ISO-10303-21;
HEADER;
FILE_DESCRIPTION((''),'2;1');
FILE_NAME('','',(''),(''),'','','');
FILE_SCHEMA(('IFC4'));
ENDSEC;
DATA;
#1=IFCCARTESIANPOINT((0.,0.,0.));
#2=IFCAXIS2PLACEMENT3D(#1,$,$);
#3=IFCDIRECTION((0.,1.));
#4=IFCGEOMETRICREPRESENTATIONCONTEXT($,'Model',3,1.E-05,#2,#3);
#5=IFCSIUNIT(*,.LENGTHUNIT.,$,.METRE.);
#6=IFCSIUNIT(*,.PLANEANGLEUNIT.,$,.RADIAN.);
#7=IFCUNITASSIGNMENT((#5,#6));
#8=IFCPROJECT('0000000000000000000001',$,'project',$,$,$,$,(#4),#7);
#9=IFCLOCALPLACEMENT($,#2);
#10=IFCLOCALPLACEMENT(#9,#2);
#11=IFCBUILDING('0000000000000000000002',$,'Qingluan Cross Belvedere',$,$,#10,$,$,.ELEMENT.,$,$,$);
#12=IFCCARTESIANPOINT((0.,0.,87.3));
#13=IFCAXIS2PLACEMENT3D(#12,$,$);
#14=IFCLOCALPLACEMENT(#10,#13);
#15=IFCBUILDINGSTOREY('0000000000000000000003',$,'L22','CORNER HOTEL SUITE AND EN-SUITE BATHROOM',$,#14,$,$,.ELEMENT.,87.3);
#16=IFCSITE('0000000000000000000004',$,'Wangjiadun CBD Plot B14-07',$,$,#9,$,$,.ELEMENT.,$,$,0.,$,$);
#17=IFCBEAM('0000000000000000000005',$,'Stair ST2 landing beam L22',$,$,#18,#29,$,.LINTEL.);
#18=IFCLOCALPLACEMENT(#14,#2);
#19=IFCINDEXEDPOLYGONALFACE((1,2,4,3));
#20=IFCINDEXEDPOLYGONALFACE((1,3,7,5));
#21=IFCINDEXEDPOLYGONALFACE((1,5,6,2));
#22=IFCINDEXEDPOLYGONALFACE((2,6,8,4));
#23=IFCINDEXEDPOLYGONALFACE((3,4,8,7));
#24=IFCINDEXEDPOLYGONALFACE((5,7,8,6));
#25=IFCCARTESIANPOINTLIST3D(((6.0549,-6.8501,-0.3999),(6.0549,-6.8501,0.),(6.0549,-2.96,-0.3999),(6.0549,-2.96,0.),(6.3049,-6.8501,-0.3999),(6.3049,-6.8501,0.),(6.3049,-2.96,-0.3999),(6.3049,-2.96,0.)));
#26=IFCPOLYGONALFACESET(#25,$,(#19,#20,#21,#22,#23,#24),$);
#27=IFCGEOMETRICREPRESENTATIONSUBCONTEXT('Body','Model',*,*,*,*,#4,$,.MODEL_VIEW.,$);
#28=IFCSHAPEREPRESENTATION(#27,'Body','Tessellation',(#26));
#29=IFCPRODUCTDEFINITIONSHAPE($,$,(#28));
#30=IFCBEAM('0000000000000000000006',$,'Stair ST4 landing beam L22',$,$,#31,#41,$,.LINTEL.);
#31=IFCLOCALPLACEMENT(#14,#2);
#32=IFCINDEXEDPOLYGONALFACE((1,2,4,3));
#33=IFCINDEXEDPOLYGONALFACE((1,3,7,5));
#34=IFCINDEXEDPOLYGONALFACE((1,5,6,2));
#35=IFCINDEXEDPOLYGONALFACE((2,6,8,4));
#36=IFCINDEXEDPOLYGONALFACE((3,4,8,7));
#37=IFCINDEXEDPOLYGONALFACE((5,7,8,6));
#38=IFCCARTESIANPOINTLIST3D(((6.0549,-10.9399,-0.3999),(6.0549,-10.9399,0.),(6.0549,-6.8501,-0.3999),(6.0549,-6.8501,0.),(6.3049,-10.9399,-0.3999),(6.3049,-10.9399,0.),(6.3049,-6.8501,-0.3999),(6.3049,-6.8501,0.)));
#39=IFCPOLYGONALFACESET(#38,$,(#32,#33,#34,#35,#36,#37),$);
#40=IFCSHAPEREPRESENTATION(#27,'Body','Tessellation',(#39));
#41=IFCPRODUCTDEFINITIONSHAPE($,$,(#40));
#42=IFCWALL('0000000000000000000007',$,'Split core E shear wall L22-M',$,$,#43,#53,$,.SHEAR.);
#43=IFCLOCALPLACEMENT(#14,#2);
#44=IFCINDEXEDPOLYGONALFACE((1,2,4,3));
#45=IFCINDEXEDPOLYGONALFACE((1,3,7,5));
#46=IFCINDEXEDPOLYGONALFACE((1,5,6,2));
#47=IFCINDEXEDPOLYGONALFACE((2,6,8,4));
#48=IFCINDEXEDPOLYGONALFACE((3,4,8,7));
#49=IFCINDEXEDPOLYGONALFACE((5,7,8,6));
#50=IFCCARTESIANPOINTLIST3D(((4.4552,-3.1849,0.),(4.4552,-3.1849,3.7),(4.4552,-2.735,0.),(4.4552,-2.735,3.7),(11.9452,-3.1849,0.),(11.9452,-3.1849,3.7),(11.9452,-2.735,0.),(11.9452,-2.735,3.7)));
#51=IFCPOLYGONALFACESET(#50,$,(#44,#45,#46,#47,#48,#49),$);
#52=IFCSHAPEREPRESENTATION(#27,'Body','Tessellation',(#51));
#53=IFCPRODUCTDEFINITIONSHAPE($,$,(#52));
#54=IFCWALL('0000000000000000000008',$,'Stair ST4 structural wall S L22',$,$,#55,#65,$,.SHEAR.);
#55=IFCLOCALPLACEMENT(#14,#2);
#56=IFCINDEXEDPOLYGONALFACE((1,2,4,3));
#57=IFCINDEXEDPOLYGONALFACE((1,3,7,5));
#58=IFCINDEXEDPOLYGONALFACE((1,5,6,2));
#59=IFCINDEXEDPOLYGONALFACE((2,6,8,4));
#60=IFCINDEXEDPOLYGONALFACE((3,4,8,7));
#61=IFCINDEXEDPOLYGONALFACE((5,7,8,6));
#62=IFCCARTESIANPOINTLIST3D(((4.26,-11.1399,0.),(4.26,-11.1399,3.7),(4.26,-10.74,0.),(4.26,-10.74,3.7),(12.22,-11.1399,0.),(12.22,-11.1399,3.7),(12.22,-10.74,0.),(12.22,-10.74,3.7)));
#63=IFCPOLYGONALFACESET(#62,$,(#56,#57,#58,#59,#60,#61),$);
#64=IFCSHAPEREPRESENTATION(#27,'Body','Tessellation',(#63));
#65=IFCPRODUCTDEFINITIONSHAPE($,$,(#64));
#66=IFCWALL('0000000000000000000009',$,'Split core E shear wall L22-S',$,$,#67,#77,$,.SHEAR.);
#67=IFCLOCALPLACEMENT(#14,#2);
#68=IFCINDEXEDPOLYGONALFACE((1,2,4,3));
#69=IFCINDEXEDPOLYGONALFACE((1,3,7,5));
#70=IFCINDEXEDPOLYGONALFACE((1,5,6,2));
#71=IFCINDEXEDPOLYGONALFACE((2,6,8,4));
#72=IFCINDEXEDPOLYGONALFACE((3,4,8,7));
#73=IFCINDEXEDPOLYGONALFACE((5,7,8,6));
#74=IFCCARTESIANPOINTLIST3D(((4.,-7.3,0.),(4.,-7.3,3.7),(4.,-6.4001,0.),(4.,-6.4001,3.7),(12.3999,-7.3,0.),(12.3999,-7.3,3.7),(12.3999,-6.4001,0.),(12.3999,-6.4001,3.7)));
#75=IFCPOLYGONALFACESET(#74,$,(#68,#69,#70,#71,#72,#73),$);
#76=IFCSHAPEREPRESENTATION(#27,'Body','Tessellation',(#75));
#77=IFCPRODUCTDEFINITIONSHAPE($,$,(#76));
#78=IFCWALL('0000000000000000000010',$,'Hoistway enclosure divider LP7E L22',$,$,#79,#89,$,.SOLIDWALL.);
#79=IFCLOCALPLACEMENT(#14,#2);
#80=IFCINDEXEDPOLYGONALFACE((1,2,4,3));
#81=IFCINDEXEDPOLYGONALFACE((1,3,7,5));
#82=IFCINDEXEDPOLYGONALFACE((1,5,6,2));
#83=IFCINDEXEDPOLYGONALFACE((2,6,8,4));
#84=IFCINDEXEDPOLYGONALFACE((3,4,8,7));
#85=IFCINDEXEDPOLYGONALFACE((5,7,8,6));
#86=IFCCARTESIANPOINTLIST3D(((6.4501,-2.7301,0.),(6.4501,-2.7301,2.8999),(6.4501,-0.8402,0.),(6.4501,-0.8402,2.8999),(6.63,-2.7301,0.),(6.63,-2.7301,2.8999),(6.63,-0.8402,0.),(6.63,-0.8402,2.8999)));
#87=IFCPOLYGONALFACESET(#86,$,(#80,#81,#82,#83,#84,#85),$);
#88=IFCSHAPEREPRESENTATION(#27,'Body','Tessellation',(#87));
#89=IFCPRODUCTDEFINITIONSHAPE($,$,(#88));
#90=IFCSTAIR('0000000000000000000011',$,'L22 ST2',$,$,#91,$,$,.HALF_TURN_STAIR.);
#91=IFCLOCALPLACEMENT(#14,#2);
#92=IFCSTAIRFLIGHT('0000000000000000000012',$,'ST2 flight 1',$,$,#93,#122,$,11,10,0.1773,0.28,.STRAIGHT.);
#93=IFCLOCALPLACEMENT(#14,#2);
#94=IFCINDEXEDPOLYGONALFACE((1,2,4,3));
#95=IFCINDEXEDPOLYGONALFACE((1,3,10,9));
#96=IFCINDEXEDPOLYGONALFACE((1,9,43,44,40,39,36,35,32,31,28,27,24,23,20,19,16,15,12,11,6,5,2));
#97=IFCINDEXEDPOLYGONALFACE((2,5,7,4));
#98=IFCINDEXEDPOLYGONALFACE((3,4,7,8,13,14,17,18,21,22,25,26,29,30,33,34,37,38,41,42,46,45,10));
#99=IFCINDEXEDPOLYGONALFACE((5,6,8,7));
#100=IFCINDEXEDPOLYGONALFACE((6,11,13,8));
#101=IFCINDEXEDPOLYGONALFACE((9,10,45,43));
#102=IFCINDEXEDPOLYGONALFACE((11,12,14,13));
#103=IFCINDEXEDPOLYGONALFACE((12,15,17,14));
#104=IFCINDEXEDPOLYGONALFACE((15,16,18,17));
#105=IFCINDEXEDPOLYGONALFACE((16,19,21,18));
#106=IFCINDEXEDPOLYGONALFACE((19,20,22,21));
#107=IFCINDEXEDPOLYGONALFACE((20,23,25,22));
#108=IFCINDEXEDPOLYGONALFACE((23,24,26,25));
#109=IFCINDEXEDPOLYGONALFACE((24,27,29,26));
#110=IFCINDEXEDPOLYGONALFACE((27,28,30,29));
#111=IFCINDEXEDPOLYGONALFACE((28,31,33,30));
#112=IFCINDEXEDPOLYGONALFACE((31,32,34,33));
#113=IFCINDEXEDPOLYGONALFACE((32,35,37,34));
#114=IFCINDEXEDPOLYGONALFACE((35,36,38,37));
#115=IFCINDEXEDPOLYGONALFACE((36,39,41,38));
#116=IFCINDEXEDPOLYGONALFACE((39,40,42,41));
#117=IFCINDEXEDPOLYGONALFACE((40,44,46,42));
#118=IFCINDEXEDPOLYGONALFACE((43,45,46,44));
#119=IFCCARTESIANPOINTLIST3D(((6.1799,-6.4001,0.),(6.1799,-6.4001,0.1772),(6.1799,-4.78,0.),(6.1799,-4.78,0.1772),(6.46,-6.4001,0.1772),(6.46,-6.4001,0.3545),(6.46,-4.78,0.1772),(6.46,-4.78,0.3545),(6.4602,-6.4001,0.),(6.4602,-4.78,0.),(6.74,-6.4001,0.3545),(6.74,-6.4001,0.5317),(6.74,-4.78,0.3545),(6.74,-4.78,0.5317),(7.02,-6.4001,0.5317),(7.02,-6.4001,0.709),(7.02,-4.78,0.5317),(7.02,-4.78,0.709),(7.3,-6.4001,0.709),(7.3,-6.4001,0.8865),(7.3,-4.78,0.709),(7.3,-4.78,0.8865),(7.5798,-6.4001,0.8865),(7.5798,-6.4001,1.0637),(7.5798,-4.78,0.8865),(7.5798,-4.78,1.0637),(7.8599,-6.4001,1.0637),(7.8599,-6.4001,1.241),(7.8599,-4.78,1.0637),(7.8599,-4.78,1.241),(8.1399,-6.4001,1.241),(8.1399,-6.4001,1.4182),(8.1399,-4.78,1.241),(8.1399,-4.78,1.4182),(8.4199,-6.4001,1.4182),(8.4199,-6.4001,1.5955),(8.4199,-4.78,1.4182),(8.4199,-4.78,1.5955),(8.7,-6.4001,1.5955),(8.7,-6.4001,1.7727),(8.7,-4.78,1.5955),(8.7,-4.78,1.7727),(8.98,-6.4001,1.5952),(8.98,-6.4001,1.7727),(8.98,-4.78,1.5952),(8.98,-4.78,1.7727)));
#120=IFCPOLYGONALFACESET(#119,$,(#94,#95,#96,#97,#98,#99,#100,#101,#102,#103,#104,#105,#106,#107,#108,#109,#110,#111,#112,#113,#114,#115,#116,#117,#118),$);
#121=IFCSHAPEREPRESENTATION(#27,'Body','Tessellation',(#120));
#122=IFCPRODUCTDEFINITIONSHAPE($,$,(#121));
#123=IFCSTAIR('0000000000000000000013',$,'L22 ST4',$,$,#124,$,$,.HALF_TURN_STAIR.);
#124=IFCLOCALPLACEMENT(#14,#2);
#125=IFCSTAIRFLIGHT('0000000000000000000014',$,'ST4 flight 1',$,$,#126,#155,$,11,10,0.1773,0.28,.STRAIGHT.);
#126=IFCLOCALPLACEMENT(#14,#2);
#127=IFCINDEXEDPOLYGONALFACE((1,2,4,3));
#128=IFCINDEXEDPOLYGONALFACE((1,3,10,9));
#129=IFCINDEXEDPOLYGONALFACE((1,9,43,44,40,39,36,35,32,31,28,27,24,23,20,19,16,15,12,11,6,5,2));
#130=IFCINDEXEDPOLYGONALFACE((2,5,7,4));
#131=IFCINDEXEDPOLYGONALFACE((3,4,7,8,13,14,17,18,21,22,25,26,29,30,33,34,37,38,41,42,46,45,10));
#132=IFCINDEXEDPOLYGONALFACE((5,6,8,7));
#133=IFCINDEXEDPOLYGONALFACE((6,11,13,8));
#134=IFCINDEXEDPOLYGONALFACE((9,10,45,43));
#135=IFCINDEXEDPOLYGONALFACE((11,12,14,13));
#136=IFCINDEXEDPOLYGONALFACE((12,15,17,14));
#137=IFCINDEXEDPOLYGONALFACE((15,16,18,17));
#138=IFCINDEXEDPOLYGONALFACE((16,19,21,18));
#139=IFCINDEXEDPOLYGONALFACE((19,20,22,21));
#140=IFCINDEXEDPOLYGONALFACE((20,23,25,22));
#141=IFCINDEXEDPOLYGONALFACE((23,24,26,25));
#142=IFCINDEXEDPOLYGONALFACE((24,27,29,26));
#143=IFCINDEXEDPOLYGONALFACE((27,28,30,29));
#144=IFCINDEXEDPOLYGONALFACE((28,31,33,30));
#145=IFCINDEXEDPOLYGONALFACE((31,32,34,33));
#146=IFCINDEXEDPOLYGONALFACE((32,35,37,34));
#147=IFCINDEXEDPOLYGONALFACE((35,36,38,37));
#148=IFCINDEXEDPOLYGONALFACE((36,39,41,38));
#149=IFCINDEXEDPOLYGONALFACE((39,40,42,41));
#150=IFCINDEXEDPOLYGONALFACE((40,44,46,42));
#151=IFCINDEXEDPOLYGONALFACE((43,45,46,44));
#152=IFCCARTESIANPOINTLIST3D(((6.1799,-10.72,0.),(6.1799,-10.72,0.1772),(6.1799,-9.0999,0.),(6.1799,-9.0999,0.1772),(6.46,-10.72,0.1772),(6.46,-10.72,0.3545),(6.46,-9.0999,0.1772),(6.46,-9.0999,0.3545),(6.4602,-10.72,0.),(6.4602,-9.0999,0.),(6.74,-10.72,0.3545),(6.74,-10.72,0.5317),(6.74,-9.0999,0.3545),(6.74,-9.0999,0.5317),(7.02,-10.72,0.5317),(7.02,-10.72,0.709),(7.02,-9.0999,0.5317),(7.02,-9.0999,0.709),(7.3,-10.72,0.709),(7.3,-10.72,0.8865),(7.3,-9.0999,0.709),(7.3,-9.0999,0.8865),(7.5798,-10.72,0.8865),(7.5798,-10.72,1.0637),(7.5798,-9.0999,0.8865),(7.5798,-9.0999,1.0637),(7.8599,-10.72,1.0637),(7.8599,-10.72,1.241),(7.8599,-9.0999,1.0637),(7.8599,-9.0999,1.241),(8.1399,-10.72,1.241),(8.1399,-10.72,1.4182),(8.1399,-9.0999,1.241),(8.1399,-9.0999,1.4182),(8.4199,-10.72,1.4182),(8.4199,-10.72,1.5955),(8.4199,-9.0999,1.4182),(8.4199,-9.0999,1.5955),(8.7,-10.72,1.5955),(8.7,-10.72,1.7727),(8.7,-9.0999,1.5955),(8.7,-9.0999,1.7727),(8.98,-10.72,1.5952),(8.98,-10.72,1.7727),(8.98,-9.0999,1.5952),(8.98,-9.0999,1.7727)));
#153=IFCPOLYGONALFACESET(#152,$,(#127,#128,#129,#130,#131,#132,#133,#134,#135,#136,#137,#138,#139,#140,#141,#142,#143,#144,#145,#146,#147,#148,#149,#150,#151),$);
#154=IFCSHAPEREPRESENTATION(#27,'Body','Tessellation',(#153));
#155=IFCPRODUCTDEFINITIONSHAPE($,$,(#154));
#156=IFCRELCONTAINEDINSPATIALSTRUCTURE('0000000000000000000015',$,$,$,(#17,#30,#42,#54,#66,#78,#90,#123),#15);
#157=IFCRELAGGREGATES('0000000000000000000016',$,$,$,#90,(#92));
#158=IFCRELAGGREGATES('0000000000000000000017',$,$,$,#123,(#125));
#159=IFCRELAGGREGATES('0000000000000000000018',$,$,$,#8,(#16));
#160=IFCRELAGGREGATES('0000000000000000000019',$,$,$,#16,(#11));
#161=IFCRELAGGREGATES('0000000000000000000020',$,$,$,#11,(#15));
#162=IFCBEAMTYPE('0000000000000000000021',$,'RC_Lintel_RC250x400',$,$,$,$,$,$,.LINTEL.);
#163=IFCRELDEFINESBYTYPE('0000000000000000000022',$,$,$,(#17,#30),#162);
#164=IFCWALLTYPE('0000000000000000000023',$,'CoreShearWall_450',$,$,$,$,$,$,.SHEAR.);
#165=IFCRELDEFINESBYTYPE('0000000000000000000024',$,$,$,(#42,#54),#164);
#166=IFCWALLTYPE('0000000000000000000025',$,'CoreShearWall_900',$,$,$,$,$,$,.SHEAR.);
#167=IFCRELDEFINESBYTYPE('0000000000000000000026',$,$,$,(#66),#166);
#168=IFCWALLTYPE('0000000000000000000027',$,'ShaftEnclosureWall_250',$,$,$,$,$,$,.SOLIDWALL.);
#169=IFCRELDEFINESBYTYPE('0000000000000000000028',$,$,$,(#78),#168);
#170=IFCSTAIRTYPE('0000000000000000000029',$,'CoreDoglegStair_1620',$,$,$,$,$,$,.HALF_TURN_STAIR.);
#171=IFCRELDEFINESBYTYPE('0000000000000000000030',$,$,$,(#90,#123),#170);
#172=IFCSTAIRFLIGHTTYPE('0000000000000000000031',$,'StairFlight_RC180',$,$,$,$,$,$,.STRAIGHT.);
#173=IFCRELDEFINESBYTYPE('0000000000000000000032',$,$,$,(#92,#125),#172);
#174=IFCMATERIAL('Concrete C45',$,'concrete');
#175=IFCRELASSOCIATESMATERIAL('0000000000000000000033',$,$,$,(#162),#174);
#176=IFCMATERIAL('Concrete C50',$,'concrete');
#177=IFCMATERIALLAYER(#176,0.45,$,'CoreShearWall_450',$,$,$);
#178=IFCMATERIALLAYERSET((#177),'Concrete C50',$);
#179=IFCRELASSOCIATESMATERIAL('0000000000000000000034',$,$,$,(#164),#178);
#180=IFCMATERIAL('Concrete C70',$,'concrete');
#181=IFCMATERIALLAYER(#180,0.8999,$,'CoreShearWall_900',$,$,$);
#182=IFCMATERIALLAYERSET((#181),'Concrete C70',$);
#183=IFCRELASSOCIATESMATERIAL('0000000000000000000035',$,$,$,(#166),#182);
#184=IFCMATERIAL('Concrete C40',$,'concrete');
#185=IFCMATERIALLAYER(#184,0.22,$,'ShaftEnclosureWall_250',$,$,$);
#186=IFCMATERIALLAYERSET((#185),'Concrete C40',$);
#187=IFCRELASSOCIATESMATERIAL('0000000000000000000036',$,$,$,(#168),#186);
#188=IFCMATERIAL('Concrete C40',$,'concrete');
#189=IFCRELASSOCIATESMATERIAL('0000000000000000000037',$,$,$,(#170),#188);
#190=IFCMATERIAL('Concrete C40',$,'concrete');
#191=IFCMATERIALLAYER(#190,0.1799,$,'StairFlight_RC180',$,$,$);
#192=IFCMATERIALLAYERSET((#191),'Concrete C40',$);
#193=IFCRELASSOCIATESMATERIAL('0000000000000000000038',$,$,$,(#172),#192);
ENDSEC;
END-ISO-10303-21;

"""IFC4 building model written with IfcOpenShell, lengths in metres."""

from ifc_helpers import new_model, si_unit, direction, frame, frame_2d, origin, origin_2d, place, context, subcontext, project, spatial, polyline, rectangle, outline, extrude, material, layer, layer_set, material_profile, profile_set, type_object, element, aggregate, save


model = new_model("IFC4")

# Units and contexts
model_context = context("Model", 3, precision=1e-05, world=origin(), true_north=direction((0.0, 1.0)))
body_context = subcontext(model_context, "Body", "Model", "MODEL_VIEW")
ifc_project = project(units=[si_unit("LENGTHUNIT", "METRE"), si_unit("PLANEANGLEUNIT", "RADIAN")], contexts=[model_context])

# Site, building, storey
site_placement = place(None, origin())
site = spatial("IfcSite", under=ifc_project, at=site_placement, Name="Wangjiadun CBD Plot B14-07", CompositionType="ELEMENT", RefElevation=0.0)
building_placement = place(site_placement, origin())
building = spatial("IfcBuilding", under=site, at=building_placement, Name="Qingluan Cross Belvedere", CompositionType="ELEMENT")
storey_placement = place(building_placement, frame((0.0, 0.0, 87.3)))
storey = spatial("IfcBuildingStorey", under=building, at=storey_placement, Name="L22", Description="CORNER HOTEL SUITE AND EN-SUITE BATHROOM", CompositionType="ELEMENT", Elevation=87.3)

# Beams
ifc_material_1 = material(Name="Concrete C45", Category="concrete")
ifc_material_profile = material_profile(ifc_material_1, rectangle(XDim=0.25, YDim=0.3999, at=origin_2d()), Name="RC250x400")
ifc_profile_set = profile_set([ifc_material_profile], Name="Concrete C45")
beam_type = type_object("IfcBeamType", Name="RC_Lintel_RC250x400", PredefinedType="LINTEL", material=ifc_profile_set)
beam_1_placement = place(storey_placement, frame((6.1799, -6.8501, -0.2), z_axis=(0.0, 1.0, 0.0), x_axis=(-1.0, 0.0, 0.0)))
element("IfcBeam", 1, at=beam_1_placement, inside=storey, type_object=beam_type, Name="Stair ST2 landing beam L22", PredefinedType="LINTEL", context=body_context, shape_type="SweptSolid", body=[
    extrude(rectangle(XDim=0.25, YDim=0.3999, at=origin_2d()), origin(), (0.0, 0.0, 1.0), 3.8901),
])
beam_2_placement = place(storey_placement, frame((6.1799, -10.9399, -0.2), z_axis=(0.0, 1.0, 0.0), x_axis=(-1.0, 0.0, 0.0)))
element("IfcBeam", 2, at=beam_2_placement, inside=storey, type_object=beam_type, Name="Stair ST4 landing beam L22", PredefinedType="LINTEL", context=body_context, shape_type="SweptSolid", body=[
    extrude(rectangle(XDim=0.25, YDim=0.3999, at=origin_2d()), origin(), (0.0, 0.0, 1.0), 4.0898),
])

# Walls
ifc_material_2 = material(Name="Concrete C50", Category="concrete")
ifc_layer_1 = layer(ifc_material_2, 0.45, Name="CoreShearWall_450")
ifc_layer_set_1 = layer_set([ifc_layer_1], Name="Concrete C50")
wall_type_1 = type_object("IfcWallType", Name="CoreShearWall_450", PredefinedType="SHEAR", material=ifc_layer_set_1)
wall_1_placement = place(storey_placement, frame((4.4551, -2.96, 0.0), z_axis=(0.0, 0.0, 1.0), x_axis=(1.0, 0.0, 0.0)))
element("IfcWall", 3, at=wall_1_placement, inside=storey, type_object=wall_type_1, Name="Split core E shear wall L22-M", PredefinedType="SHEAR", context=body_context, shape_type="SweptSolid", body=[
    extrude(rectangle(XDim=7.49, YDim=0.45, at=frame_2d((3.7451, 0.0))), origin(), (0.0, 0.0, 1.0), 3.7),
])
wall_2_placement = place(storey_placement, frame((4.26, -10.9399, 0.0), z_axis=(0.0, 0.0, 1.0), x_axis=(1.0, 0.0, 0.0)))
element("IfcWall", 4, at=wall_2_placement, inside=storey, type_object=wall_type_1, Name="Stair ST4 structural wall S L22", PredefinedType="SHEAR", context=body_context, shape_type="SweptSolid", body=[
    extrude(rectangle(XDim=7.96, YDim=0.3999, at=frame_2d((3.98, 0.0))), origin(), (0.0, 0.0, 1.0), 3.7),
])

# Wall
ifc_material_3 = material(Name="Concrete C70", Category="concrete")
ifc_layer_2 = layer(ifc_material_3, 0.8999, Name="CoreShearWall_900")
ifc_layer_set_2 = layer_set([ifc_layer_2], Name="Concrete C70")
wall_type_2 = type_object("IfcWallType", Name="CoreShearWall_900", PredefinedType="SHEAR", material=ifc_layer_set_2)
wall_3_placement = place(storey_placement, frame((4.0, -6.8501, 0.0), z_axis=(0.0, 0.0, 1.0), x_axis=(1.0, 0.0, 0.0)))
element("IfcWall", 5, at=wall_3_placement, inside=storey, type_object=wall_type_2, Name="Split core E shear wall L22-S", PredefinedType="SHEAR", context=body_context, shape_type="SweptSolid", body=[
    extrude(rectangle(XDim=8.3999, YDim=0.8999, at=frame_2d((4.2, 0.0))), origin(), (0.0, 0.0, 1.0), 3.7),
])

# Wall
ifc_material_4 = material(Name="Concrete C40", Category="concrete")
ifc_layer_3 = layer(ifc_material_4, 0.22, Name="ShaftEnclosureWall_250")
ifc_layer_set_3 = layer_set([ifc_layer_3], Name="Concrete C40")
wall_type_3 = type_object("IfcWallType", Name="ShaftEnclosureWall_250", PredefinedType="SOLIDWALL", material=ifc_layer_set_3)
wall_4_placement = place(storey_placement, frame((6.54, -2.73, 0.0), z_axis=(0.0, 0.0, 1.0), x_axis=(0.0, 1.0, 0.0)))
element("IfcWall", 6, at=wall_4_placement, inside=storey, type_object=wall_type_3, Name="Hoistway enclosure divider LP7E L22", PredefinedType="SOLIDWALL", context=body_context, shape_type="SweptSolid", body=[
    extrude(rectangle(XDim=1.8899, YDim=0.1799, at=frame_2d((0.9448, 0.0))), origin(), (0.0, 0.0, 1.0), 2.8999),
])

# Stair, stair flight
ifc_material_5 = material(Name="Concrete C40", Category="concrete")
stair_type = type_object("IfcStairType", Name="CoreDoglegStair_1620", PredefinedType="HALF_TURN_STAIR", material=ifc_material_5)
stair_1_placement = place(storey_placement, origin())
stair_1 = element("IfcStair", 7, at=stair_1_placement, inside=storey, type_object=stair_type, Name="L22 ST2", PredefinedType="HALF_TURN_STAIR")
ifc_material_6 = material(Name="Concrete C40", Category="concrete")
ifc_layer_4 = layer(ifc_material_6, 0.1799, Name="StairFlight_RC180")
ifc_layer_set_4 = layer_set([ifc_layer_4], Name="Concrete C40")
stair_flight_type = type_object("IfcStairFlightType", Name="StairFlight_RC180", PredefinedType="STRAIGHT", material=ifc_layer_set_4)
stair_flight_1_placement = place(storey_placement, frame((6.1799, -5.5901, 0.0), z_axis=(0.0, 0.0, 1.0), x_axis=(1.0, 0.0, 0.0)))
stair_flight_1 = element("IfcStairFlight", 8, at=stair_flight_1_placement, type_object=stair_flight_type, Name="ST2 flight 1", NumberOfRisers=11, NumberOfTreads=10, PredefinedType="STRAIGHT", RiserHeight=0.1773, TreadLength=0.28, context=body_context, shape_type="SweptSolid", body=[
    extrude(outline(polyline([(0.0, 0.0), (0.0, 0.1772), (0.28, 0.1772), (0.28, 0.3545), (0.5601, 0.3545), (0.5601, 0.5317), (0.8401, 0.5317), (0.8401, 0.709), (1.1201, 0.709), (1.1201, 0.8865), (1.3999, 0.8865), (1.3999, 1.0637), (1.6799, 1.0637), (1.6799, 1.241), (1.96, 1.241), (1.96, 1.4182), (2.24, 1.4182), (2.24, 1.5955), (2.52, 1.5955), (2.52, 1.7727), (2.8, 1.7727), (2.8, 1.95), (2.8, 1.5952), (0.2803, 0.0), (0.0, 0.0)])), frame((0.0, 0.8101, 0.0), z_axis=(0.0, -1.0, 0.0), x_axis=(1.0, 0.0, 0.0)), (0.0, 0.0, 1.0), 1.6201),
])
aggregate(stair_1, [stair_flight_1])

# Stair, stair flight
stair_2_placement = place(storey_placement, origin())
stair_2 = element("IfcStair", 9, at=stair_2_placement, inside=storey, type_object=stair_type, Name="L22 ST4", PredefinedType="HALF_TURN_STAIR")
stair_flight_2_placement = place(storey_placement, frame((6.1799, -9.9099, 0.0), z_axis=(0.0, 0.0, 1.0), x_axis=(1.0, 0.0, 0.0)))
stair_flight_2 = element("IfcStairFlight", 10, at=stair_flight_2_placement, type_object=stair_flight_type, Name="ST4 flight 1", NumberOfRisers=11, NumberOfTreads=10, PredefinedType="STRAIGHT", RiserHeight=0.1773, TreadLength=0.28, context=body_context, shape_type="SweptSolid", body=[
    extrude(outline(polyline([(0.0, 0.0), (0.0, 0.1772), (0.28, 0.1772), (0.28, 0.3545), (0.5601, 0.3545), (0.5601, 0.5317), (0.8401, 0.5317), (0.8401, 0.709), (1.1201, 0.709), (1.1201, 0.8865), (1.3999, 0.8865), (1.3999, 1.0637), (1.6799, 1.0637), (1.6799, 1.241), (1.96, 1.241), (1.96, 1.4182), (2.24, 1.4182), (2.24, 1.5955), (2.52, 1.5955), (2.52, 1.7727), (2.8, 1.7727), (2.8, 1.95), (2.8, 1.5952), (0.2803, 0.0), (0.0, 0.0)])), frame((0.0, 0.8101, 0.0), z_axis=(0.0, -1.0, 0.0), x_axis=(1.0, 0.0, 0.0)), (0.0, 0.0, 1.0), 1.6201),
])
aggregate(stair_2, [stair_flight_2])

save(model, "model.ifc")
